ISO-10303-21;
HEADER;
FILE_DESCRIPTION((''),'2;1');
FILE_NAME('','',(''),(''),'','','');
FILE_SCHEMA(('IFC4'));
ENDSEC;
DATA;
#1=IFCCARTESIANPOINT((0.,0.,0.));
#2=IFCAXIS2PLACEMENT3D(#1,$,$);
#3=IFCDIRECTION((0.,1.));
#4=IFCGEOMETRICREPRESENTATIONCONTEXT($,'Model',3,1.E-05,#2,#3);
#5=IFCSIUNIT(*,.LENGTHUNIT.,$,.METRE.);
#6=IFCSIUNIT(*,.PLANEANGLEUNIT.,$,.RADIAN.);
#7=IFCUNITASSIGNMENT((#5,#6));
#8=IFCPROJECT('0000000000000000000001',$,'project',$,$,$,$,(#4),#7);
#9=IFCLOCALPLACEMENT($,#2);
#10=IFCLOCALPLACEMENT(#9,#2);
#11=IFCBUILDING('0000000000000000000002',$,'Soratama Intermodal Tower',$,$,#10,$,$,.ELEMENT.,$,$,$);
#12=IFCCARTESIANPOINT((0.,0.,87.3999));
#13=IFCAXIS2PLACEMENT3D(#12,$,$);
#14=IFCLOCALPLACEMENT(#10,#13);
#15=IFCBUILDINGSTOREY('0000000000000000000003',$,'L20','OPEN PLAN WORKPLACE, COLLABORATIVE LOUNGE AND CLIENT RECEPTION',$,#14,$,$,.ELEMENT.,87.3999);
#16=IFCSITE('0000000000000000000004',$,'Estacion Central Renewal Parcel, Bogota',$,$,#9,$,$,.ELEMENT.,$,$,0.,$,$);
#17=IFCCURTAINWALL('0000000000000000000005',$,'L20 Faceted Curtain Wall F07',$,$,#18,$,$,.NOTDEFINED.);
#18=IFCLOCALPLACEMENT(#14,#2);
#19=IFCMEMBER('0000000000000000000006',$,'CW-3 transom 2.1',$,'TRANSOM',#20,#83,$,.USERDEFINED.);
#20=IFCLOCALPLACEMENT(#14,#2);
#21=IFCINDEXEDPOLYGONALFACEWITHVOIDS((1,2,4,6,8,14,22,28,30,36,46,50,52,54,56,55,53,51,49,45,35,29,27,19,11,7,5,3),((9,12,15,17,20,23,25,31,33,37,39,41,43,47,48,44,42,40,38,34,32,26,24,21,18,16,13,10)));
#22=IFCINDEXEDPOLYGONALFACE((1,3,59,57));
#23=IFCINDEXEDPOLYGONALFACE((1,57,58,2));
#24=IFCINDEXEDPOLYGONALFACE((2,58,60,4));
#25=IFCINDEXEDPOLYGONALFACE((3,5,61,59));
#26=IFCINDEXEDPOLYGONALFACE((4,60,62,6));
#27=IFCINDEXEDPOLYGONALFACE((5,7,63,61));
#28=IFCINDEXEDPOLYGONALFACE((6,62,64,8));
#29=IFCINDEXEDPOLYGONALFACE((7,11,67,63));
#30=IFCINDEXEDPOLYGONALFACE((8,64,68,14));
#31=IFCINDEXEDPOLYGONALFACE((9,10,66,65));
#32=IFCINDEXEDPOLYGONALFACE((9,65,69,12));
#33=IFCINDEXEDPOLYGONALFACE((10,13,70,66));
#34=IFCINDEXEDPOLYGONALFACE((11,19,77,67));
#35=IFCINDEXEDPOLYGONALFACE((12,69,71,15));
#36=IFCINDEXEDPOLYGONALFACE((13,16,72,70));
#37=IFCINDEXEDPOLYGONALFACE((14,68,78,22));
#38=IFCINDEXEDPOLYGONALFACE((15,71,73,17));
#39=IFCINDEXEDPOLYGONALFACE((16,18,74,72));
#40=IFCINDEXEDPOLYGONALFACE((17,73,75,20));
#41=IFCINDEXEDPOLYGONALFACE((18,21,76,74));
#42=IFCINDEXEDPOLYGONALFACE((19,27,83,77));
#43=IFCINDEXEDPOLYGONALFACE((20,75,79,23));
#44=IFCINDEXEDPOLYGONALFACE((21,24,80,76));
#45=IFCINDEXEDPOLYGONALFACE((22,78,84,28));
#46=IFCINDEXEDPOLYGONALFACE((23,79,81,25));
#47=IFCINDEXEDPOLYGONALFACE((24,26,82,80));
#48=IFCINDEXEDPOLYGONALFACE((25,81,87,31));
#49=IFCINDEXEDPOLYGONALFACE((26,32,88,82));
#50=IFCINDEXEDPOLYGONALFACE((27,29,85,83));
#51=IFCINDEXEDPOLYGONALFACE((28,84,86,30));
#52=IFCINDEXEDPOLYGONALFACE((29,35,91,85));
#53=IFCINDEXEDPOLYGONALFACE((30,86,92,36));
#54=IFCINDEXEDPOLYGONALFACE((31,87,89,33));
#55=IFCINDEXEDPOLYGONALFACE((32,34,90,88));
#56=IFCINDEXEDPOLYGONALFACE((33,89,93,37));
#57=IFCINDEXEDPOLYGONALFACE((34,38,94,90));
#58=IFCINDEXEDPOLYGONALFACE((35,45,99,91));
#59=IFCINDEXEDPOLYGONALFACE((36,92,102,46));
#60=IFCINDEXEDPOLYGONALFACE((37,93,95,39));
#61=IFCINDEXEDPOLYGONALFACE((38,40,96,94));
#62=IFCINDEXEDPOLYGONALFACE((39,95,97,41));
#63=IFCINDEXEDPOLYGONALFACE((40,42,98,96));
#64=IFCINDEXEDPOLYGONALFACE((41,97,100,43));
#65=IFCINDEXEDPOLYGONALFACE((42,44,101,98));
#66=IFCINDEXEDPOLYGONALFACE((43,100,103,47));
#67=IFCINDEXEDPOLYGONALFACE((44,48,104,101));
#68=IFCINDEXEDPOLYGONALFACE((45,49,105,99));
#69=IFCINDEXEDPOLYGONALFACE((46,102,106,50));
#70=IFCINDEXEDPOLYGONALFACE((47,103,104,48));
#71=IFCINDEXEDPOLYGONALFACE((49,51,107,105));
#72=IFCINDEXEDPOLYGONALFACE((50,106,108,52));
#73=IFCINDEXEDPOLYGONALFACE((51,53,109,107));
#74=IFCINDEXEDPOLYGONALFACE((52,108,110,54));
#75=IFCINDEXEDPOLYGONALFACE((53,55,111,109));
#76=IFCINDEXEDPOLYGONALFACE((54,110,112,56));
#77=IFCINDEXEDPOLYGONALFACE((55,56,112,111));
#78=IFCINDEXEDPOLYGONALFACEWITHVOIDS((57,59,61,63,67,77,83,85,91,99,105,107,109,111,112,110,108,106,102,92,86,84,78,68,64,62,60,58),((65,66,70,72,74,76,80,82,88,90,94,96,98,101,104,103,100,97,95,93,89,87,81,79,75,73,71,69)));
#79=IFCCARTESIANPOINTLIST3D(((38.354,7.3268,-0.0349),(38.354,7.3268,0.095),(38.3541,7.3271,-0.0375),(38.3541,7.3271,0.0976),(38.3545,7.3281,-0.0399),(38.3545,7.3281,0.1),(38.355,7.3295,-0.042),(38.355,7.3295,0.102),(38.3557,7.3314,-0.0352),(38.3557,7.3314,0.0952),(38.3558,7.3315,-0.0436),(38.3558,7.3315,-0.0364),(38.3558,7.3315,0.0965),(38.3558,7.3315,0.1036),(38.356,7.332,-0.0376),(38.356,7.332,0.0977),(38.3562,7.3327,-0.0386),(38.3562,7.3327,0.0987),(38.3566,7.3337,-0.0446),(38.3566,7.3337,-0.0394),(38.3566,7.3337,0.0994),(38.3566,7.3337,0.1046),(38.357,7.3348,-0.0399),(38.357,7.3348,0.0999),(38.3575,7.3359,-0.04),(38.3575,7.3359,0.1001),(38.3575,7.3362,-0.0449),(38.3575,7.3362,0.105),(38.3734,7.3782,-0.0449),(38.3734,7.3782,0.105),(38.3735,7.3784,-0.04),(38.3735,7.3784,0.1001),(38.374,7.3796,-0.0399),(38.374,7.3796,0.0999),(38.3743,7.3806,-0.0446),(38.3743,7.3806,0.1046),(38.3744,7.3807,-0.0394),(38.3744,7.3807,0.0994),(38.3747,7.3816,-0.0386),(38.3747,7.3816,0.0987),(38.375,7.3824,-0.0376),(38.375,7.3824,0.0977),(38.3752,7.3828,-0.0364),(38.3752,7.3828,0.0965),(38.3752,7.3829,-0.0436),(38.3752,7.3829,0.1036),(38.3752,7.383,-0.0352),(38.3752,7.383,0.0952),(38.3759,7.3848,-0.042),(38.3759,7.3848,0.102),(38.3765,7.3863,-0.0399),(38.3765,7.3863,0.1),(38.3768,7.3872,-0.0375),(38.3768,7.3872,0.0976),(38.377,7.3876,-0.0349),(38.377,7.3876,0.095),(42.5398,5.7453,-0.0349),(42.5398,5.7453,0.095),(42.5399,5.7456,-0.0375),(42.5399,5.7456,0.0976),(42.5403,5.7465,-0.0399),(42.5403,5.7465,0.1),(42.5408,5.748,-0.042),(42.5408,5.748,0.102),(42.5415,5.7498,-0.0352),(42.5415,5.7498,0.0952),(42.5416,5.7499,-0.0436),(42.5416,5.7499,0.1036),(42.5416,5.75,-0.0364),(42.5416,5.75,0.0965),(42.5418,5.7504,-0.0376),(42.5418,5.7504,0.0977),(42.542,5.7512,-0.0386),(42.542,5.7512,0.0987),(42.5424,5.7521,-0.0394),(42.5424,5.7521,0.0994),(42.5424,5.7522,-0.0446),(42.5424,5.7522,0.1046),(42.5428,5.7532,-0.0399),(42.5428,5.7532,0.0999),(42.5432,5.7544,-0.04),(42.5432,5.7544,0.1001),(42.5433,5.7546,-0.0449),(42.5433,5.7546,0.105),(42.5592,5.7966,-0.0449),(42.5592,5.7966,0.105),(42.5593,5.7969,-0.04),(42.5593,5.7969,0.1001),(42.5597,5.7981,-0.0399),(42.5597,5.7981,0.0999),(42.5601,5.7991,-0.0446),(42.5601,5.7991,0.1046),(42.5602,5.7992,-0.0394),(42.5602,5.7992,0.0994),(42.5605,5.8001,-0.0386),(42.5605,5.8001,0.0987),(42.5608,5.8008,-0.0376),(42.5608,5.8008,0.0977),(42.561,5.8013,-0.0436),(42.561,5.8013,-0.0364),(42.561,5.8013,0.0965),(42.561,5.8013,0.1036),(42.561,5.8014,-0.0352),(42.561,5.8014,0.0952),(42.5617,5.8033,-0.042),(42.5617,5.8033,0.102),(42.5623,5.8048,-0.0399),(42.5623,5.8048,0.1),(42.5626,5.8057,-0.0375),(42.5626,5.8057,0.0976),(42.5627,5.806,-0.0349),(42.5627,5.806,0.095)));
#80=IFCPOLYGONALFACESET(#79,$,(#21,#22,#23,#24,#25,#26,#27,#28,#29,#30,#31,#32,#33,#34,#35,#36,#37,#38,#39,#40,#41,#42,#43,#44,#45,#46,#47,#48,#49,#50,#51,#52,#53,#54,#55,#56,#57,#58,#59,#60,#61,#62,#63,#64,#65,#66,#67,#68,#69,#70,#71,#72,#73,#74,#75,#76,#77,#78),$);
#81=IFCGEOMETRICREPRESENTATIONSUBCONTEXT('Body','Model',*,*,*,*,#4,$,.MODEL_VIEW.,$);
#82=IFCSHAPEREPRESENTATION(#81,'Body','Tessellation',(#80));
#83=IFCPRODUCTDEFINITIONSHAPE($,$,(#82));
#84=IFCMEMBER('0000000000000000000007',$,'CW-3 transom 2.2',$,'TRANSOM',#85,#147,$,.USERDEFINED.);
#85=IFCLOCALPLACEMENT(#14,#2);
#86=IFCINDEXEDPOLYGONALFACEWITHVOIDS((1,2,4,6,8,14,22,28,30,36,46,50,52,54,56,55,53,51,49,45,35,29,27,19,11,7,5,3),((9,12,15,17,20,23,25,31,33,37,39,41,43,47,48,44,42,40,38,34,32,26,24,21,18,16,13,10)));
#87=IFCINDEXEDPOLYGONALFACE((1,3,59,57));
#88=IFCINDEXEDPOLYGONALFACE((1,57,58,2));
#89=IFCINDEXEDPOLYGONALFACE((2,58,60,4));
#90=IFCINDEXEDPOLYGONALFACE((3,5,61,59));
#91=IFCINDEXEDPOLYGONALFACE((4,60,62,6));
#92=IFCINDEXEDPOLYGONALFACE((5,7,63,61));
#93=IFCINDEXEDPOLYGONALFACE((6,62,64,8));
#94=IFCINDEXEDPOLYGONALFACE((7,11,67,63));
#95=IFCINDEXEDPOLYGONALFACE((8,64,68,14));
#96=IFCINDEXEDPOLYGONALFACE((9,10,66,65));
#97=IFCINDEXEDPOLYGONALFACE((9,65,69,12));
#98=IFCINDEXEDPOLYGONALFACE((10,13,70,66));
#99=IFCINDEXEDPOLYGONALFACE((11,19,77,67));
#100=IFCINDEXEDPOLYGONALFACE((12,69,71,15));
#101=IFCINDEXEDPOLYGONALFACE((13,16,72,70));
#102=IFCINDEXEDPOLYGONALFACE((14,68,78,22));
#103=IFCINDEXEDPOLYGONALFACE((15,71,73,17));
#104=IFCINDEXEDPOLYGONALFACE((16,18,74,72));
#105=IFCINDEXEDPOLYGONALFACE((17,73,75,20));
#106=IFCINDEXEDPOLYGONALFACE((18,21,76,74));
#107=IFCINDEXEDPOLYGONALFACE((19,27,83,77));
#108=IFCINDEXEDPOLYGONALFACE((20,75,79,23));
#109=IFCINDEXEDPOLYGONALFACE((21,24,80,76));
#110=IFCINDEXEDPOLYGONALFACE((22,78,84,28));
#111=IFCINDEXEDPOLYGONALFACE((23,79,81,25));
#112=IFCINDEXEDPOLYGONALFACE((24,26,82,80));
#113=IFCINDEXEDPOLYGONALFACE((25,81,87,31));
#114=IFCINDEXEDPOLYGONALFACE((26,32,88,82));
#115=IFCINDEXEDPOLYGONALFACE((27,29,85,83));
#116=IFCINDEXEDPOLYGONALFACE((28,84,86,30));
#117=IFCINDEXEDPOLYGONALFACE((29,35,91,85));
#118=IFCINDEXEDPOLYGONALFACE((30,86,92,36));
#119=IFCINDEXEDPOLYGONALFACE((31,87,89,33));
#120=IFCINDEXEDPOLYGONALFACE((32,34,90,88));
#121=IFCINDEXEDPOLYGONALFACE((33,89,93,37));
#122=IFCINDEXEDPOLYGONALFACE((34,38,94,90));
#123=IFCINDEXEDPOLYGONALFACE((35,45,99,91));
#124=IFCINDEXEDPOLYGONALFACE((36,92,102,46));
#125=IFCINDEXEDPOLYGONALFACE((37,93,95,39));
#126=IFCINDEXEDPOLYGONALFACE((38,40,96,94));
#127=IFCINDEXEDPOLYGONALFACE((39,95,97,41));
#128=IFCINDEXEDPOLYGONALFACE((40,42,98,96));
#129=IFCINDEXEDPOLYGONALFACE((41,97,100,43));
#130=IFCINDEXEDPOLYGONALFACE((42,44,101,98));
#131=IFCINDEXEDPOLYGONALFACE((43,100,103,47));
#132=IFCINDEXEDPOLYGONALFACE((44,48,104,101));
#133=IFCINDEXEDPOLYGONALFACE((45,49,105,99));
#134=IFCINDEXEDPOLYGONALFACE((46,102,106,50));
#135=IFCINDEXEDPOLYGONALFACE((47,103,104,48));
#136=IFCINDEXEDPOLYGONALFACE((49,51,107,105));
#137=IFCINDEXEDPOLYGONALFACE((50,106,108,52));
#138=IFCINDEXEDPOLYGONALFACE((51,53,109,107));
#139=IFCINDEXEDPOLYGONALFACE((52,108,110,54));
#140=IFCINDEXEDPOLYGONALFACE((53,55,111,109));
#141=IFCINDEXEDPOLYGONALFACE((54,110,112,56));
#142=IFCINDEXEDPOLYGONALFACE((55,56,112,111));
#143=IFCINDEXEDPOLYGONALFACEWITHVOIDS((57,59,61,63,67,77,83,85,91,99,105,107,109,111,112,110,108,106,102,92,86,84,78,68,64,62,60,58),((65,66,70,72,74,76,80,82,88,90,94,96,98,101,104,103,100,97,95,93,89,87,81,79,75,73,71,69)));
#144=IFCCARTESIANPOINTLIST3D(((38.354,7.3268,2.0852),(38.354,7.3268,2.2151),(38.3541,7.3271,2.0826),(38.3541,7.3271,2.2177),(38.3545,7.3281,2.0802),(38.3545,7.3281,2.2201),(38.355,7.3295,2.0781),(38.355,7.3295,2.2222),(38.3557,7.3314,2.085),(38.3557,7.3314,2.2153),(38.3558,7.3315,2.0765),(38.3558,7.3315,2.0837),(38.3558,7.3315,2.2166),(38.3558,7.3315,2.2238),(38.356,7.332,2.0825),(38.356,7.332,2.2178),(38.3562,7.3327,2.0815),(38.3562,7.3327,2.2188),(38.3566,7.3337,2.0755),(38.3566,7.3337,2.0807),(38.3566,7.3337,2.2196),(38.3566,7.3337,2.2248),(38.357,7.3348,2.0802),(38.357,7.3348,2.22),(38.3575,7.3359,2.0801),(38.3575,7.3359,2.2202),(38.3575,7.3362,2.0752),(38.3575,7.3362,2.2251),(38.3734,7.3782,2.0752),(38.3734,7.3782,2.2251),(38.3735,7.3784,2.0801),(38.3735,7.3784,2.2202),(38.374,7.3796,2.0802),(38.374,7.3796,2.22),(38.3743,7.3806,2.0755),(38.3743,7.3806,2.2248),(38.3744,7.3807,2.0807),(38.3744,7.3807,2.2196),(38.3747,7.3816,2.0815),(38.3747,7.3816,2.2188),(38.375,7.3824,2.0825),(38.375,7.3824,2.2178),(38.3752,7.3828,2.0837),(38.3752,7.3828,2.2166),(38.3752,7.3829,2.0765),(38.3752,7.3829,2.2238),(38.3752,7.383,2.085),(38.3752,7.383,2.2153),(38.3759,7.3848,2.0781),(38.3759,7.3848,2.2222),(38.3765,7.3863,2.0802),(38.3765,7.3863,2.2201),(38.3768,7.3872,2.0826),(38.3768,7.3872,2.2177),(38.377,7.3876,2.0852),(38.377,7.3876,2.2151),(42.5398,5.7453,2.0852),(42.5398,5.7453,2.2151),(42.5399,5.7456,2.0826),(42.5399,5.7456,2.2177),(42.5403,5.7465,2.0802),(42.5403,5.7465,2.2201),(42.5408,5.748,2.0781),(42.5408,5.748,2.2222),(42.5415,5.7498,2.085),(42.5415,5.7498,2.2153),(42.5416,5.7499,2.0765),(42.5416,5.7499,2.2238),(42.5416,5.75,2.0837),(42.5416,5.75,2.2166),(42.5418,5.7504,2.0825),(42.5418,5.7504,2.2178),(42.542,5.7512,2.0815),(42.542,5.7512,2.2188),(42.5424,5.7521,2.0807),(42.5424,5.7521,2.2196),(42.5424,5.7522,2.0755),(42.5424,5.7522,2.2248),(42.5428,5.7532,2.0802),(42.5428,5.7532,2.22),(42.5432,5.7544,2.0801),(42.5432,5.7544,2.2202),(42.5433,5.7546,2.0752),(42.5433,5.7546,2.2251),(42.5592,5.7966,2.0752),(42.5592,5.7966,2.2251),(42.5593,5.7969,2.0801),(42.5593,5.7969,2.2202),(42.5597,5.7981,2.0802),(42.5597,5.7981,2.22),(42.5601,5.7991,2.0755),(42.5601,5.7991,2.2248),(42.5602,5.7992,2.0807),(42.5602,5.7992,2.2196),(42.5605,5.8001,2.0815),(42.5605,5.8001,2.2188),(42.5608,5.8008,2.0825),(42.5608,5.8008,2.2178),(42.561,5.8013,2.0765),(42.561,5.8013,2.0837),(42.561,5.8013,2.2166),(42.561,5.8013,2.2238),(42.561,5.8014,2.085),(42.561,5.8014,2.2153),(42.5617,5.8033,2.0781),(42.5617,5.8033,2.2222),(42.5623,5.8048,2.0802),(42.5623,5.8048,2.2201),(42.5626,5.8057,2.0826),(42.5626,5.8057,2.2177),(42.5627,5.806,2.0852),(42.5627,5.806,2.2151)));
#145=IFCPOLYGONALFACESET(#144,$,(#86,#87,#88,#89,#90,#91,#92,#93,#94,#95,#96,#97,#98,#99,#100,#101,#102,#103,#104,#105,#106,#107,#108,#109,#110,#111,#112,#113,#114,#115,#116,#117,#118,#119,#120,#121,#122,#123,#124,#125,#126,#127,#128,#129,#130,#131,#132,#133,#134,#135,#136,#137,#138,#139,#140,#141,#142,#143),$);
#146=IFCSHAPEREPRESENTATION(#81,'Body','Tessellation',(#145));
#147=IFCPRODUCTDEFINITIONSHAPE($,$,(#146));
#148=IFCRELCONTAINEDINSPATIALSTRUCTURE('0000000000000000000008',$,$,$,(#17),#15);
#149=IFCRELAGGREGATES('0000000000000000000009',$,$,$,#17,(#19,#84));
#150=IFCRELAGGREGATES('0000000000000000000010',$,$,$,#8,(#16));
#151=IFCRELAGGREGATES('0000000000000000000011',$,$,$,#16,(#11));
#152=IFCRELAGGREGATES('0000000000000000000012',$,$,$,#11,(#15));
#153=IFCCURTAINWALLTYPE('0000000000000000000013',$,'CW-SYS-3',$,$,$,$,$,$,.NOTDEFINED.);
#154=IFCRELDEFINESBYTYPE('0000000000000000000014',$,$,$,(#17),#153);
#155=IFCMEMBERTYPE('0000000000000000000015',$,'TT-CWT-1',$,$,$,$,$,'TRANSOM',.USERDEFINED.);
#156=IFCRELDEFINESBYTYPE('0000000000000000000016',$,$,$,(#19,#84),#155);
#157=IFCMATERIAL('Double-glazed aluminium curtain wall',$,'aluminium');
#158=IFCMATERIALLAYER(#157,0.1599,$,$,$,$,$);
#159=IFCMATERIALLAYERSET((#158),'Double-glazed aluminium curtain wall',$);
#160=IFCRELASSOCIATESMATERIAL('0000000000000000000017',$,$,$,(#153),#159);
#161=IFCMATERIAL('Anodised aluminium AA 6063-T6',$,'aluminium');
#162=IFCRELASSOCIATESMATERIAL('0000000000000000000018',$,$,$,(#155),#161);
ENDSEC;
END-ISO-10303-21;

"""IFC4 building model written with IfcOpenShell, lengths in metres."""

from ifc_helpers import new_model, si_unit, direction, frame, origin, origin_2d, place, context, subcontext, project, spatial, hollow_rectangle, extrude, material, layer, layer_set, material_profile, profile_set, type_object, element, aggregate, save


model = new_model("IFC4")

# Units and contexts
model_context = context("Model", 3, precision=1e-05, world=origin(), true_north=direction((0.0, 1.0)))
body_context = subcontext(model_context, "Body", "Model", "MODEL_VIEW")
ifc_project = project(units=[si_unit("LENGTHUNIT", "METRE"), si_unit("PLANEANGLEUNIT", "RADIAN")], contexts=[model_context])

# Site, building, storey
site_placement = place(None, origin())
site = spatial("IfcSite", under=ifc_project, at=site_placement, Name="Estacion Central Renewal Parcel, Bogota", CompositionType="ELEMENT", RefElevation=0.0)
building_placement = place(site_placement, origin())
building = spatial("IfcBuilding", under=site, at=building_placement, Name="Soratama Intermodal Tower", CompositionType="ELEMENT")
storey_placement = place(building_placement, frame((0.0, 0.0, 87.3999)))
storey = spatial("IfcBuildingStorey", under=building, at=storey_placement, Name="L20", Description="OPEN PLAN WORKPLACE, COLLABORATIVE LOUNGE AND CLIENT RECEPTION", CompositionType="ELEMENT", Elevation=87.3999)

# Curtain wall, members
ifc_material_1 = material(Name="Double-glazed aluminium curtain wall", Category="aluminium")
ifc_layer_1 = layer(ifc_material_1, 0.1599)
ifc_layer_set_1 = layer_set([ifc_layer_1], Name="Double-glazed aluminium curtain wall")
curtain_wall_type = type_object("IfcCurtainWallType", Name="CW-SYS-3", PredefinedType="NOTDEFINED", material=ifc_layer_set_1)
curtain_wall_placement = place(storey_placement, origin())
curtain_wall = element("IfcCurtainWall", 1, at=curtain_wall_placement, inside=storey, type_object=curtain_wall_type, Name="L20 Faceted Curtain Wall F07", PredefinedType="NOTDEFINED")
ifc_material_2 = material(Name="Anodised aluminium AA 6063-T6", Category="aluminium")
ifc_material_profile_1 = material_profile(ifc_material_2, hollow_rectangle(XDim=0.0649, YDim=0.1499, WallThickness=0.0049, InnerFilletRadius=0.0049, OuterFilletRadius=0.01, at=origin_2d()), Name="CWT150X65X5")
ifc_profile_set_1 = profile_set([ifc_material_profile_1], Name="Anodised aluminium AA 6063-T6")
member_type_1 = type_object("IfcMemberType", Name="TT-CWT-1", ElementType="TRANSOM", PredefinedType="USERDEFINED", material=ifc_profile_set_1)
member_1_placement = place(storey_placement, frame((38.3655, 7.3572, 0.03), z_axis=(0.935454, -0.353448, 0.0), x_axis=(0.353448, 0.935454, 0.0)))
member_1 = element("IfcMember", 2, at=member_1_placement, type_object=member_type_1, Name="CW-3 transom 2.1", ObjectType="TRANSOM", PredefinedType="USERDEFINED", context=body_context, shape_type="SweptSolid", body=[
    extrude(hollow_rectangle(XDim=0.0649, YDim=0.1499, WallThickness=0.0049, InnerFilletRadius=0.0049, OuterFilletRadius=0.01, at=origin_2d()), origin(), (0.0, 0.0, 1.0), 4.4746),
])
member_2_placement = place(storey_placement, frame((38.3655, 7.3572, 2.1501), z_axis=(0.935454, -0.353448, 0.0), x_axis=(0.353448, 0.935454, 0.0)))
member_2 = element("IfcMember", 3, at=member_2_placement, type_object=member_type_1, Name="CW-3 transom 2.2", ObjectType="TRANSOM", PredefinedType="USERDEFINED", context=body_context, shape_type="SweptSolid", body=[
    extrude(hollow_rectangle(XDim=0.0649, YDim=0.1499, WallThickness=0.0049, InnerFilletRadius=0.0049, OuterFilletRadius=0.01, at=origin_2d()), origin(), (0.0, 0.0, 1.0), 4.4746),
])
aggregate(curtain_wall, [member_1, member_2])

save(model, "model.ifc")
